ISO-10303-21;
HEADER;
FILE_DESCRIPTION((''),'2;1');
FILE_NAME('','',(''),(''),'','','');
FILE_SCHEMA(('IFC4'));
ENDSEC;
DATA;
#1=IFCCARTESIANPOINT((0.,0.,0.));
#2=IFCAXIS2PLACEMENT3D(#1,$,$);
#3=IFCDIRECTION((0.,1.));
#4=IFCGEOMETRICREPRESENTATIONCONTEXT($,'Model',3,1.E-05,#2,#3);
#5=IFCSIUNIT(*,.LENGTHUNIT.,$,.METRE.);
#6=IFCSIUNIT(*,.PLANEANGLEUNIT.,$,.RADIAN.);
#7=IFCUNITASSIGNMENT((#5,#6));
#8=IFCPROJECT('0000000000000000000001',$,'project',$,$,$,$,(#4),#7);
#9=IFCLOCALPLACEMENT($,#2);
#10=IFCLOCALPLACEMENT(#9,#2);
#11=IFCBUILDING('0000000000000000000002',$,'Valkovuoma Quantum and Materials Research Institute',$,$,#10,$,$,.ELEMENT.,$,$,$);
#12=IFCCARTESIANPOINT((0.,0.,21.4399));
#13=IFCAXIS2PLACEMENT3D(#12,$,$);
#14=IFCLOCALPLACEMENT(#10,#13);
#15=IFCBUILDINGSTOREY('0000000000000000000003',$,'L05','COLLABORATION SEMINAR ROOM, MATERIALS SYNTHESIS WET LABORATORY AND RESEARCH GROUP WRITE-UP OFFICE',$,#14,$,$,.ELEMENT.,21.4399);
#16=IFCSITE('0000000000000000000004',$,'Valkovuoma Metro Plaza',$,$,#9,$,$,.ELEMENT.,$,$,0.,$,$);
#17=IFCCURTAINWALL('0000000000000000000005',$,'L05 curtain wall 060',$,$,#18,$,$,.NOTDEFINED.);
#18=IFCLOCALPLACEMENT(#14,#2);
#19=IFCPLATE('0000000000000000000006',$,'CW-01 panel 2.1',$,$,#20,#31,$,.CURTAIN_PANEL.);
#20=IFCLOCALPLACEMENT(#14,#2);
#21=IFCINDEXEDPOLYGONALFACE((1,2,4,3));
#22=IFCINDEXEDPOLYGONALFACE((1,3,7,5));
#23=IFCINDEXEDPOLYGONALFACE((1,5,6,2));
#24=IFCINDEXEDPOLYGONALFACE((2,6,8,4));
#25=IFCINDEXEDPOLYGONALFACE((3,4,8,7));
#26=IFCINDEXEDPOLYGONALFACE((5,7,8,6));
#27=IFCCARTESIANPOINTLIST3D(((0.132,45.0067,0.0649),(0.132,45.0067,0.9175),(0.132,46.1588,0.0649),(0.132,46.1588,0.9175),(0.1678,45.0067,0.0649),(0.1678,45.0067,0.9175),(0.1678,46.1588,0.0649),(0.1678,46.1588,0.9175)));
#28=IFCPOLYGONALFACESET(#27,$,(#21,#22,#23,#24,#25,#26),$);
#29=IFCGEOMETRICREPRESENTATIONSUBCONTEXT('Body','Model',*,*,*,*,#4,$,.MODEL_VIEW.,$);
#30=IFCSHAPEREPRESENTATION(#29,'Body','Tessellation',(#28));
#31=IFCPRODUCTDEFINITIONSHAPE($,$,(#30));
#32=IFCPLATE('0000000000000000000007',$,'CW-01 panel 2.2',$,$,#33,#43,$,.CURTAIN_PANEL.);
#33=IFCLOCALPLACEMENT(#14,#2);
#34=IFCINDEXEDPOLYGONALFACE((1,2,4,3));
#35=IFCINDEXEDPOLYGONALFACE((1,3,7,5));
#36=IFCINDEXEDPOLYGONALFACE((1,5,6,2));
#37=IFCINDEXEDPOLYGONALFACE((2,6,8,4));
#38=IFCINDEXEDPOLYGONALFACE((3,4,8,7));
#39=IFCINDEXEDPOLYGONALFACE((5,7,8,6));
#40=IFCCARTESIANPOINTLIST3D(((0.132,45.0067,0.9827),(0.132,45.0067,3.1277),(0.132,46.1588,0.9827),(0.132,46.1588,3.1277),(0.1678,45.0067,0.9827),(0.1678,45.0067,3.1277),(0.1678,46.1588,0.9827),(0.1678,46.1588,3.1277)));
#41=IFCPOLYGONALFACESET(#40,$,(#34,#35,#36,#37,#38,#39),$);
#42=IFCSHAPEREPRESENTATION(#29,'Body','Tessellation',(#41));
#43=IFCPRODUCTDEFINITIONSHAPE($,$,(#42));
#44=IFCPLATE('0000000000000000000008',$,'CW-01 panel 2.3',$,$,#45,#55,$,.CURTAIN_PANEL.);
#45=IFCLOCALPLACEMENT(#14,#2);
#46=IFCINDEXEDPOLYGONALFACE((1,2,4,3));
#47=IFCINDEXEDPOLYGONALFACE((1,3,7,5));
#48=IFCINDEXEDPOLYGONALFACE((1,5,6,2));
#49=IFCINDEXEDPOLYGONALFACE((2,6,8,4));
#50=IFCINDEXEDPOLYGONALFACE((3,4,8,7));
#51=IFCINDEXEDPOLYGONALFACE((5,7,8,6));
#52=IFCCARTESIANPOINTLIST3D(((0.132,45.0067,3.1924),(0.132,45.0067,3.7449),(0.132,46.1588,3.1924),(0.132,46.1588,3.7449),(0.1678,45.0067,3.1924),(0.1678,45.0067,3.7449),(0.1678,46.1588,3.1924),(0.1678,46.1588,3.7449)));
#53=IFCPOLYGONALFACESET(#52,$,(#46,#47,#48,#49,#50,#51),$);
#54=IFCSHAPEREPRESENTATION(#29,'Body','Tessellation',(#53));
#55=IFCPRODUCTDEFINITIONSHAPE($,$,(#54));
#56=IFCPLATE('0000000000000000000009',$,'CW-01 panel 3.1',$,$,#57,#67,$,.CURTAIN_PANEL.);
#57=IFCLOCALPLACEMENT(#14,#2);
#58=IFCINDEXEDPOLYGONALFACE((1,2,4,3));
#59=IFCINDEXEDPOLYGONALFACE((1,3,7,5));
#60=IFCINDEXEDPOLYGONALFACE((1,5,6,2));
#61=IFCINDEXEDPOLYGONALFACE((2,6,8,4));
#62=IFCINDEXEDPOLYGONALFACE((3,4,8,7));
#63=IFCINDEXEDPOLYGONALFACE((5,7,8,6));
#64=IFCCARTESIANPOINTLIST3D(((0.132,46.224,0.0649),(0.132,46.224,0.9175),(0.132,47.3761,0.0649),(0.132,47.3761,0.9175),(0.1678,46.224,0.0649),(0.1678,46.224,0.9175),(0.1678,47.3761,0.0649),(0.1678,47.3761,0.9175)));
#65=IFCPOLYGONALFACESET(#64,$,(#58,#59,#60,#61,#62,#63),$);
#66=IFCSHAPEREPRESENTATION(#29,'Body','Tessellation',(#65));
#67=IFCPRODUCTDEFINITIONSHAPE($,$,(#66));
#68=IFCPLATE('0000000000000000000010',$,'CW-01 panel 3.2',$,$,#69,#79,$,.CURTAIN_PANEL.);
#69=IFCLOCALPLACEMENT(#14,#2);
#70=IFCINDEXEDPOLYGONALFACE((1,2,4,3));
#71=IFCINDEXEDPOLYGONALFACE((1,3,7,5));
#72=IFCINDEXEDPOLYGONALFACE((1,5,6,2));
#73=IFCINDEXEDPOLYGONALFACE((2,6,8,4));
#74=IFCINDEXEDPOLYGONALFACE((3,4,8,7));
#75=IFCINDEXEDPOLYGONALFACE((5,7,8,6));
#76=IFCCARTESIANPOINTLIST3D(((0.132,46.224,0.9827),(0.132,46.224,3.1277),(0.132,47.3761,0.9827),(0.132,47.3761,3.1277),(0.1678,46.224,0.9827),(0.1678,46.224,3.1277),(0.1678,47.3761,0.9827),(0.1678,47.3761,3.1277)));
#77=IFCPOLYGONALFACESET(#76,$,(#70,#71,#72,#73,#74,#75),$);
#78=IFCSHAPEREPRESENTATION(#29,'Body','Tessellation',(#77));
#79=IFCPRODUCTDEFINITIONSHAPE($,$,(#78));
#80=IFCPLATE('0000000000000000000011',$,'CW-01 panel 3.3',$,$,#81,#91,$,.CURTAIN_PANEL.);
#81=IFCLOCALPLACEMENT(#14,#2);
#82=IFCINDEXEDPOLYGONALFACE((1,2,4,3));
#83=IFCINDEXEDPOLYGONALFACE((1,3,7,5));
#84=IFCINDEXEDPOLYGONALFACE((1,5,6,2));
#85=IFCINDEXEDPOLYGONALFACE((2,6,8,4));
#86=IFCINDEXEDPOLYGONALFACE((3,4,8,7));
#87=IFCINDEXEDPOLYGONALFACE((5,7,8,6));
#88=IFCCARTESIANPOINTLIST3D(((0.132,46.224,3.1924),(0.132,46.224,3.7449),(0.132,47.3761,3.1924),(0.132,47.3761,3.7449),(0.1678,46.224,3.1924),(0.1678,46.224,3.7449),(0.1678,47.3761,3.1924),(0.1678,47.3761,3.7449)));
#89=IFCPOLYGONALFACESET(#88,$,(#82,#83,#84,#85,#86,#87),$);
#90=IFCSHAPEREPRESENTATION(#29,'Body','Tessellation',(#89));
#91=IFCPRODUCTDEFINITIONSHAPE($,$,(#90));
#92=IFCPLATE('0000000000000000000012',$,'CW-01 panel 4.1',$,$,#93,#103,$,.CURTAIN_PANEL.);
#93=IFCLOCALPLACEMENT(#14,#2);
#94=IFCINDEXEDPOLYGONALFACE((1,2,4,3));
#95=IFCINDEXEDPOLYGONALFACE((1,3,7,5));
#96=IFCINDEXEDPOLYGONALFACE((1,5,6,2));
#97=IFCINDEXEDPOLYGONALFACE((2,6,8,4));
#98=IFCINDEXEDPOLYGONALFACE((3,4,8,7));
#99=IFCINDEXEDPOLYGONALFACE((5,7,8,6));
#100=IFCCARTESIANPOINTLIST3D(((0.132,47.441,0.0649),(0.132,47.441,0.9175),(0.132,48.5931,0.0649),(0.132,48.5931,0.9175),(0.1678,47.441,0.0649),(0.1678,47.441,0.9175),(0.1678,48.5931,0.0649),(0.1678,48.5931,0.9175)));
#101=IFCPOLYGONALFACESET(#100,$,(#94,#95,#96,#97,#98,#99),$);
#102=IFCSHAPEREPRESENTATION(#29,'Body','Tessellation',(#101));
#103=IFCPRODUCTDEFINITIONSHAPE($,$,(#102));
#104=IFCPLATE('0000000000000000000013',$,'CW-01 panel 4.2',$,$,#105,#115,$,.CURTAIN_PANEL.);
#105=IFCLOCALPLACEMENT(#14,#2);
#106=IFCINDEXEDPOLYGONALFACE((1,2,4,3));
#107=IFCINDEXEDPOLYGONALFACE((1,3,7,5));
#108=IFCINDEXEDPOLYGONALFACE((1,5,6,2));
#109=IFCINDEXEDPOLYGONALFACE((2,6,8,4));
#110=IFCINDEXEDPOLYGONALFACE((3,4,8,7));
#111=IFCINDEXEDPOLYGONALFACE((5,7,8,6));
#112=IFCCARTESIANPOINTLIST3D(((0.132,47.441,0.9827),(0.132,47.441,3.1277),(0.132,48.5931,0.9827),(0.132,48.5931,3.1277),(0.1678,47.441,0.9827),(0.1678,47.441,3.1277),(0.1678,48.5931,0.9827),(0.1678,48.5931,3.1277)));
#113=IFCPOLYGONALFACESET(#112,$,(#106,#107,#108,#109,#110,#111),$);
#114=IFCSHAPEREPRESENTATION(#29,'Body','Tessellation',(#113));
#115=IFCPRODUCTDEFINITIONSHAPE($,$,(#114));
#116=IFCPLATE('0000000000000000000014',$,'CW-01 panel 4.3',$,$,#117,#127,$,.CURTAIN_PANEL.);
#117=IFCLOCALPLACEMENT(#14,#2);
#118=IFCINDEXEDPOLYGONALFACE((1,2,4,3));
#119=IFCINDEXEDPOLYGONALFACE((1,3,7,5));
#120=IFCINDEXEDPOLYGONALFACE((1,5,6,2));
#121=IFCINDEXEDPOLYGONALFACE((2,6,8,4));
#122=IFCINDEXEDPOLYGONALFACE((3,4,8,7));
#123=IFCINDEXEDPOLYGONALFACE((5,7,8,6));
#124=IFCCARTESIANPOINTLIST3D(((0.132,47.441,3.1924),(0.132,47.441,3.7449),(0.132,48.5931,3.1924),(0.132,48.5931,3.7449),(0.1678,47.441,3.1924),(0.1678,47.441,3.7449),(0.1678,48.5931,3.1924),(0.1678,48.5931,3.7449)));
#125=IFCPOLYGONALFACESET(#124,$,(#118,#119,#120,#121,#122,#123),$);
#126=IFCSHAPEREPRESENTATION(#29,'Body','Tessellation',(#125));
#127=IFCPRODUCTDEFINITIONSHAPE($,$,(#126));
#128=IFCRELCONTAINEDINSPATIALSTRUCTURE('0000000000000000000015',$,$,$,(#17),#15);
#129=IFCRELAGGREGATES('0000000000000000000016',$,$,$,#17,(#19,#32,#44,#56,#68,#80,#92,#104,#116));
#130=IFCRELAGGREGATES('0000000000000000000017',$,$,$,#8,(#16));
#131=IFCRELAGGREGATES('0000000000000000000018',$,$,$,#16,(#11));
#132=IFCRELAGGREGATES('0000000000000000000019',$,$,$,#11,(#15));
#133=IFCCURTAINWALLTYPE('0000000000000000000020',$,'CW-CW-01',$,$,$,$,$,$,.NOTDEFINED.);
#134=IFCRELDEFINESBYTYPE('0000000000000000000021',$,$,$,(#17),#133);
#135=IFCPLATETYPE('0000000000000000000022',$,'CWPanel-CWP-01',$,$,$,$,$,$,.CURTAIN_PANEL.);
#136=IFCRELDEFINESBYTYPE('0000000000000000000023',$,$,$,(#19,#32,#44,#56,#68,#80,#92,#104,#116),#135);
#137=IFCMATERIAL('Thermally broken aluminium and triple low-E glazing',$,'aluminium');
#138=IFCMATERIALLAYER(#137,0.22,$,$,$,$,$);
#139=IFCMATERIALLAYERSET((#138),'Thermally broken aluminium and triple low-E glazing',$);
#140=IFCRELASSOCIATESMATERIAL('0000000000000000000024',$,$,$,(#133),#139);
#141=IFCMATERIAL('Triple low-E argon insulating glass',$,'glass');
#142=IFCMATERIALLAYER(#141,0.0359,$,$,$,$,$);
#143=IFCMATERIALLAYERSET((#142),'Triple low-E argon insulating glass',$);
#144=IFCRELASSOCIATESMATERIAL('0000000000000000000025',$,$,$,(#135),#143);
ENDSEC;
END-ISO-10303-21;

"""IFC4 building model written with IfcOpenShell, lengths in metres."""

from ifc_helpers import new_model, si_unit, direction, frame, origin, origin_2d, place, context, subcontext, project, spatial, rectangle, extrude, material, layer, layer_set, type_object, element, aggregate, save


model = new_model("IFC4")

# Units and contexts
model_context = context("Model", 3, precision=1e-05, world=origin(), true_north=direction((0.0, 1.0)))
body_context = subcontext(model_context, "Body", "Model", "MODEL_VIEW")
ifc_project = project(units=[si_unit("LENGTHUNIT", "METRE"), si_unit("PLANEANGLEUNIT", "RADIAN")], contexts=[model_context])

# Site, building, storey
site_placement = place(None, origin())
site = spatial("IfcSite", under=ifc_project, at=site_placement, Name="Valkovuoma Metro Plaza", CompositionType="ELEMENT", RefElevation=0.0)
building_placement = place(site_placement, origin())
building = spatial("IfcBuilding", under=site, at=building_placement, Name="Valkovuoma Quantum and Materials Research Institute", CompositionType="ELEMENT")
storey_placement = place(building_placement, frame((0.0, 0.0, 21.4399)))
storey = spatial("IfcBuildingStorey", under=building, at=storey_placement, Name="L05", Description="COLLABORATION SEMINAR ROOM, MATERIALS SYNTHESIS WET LABORATORY AND RESEARCH GROUP WRITE-UP OFFICE", CompositionType="ELEMENT", Elevation=21.4399)

# Curtain wall, plates
ifc_material_1 = material(Name="Thermally broken aluminium and triple low-E glazing", Category="aluminium")
ifc_layer_1 = layer(ifc_material_1, 0.22)
ifc_layer_set_1 = layer_set([ifc_layer_1], Name="Thermally broken aluminium and triple low-E glazing")
curtain_wall_type = type_object("IfcCurtainWallType", Name="CW-CW-01", PredefinedType="NOTDEFINED", material=ifc_layer_set_1)
curtain_wall_placement = place(storey_placement, origin())
curtain_wall = element("IfcCurtainWall", 1, at=curtain_wall_placement, inside=storey, type_object=curtain_wall_type, Name="L05 curtain wall 060", PredefinedType="NOTDEFINED")
ifc_material_2 = material(Name="Triple low-E argon insulating glass", Category="glass")
ifc_layer_2 = layer(ifc_material_2, 0.0359)
ifc_layer_set_2 = layer_set([ifc_layer_2], Name="Triple low-E argon insulating glass")
plate_type = type_object("IfcPlateType", Name="CWPanel-CWP-01", PredefinedType="CURTAIN_PANEL", material=ifc_layer_set_2)
plate_1_placement = place(storey_placement, frame((0.1499, 45.5828, 0.0649), z_axis=(0.0, 0.0, 1.0), x_axis=(0.0, 1.0, 0.0)))
plate_1 = element("IfcPlate", 2, at=plate_1_placement, type_object=plate_type, Name="CW-01 panel 2.1", PredefinedType="CURTAIN_PANEL", context=body_context, shape_type="SweptSolid", body=[
    extrude(rectangle(XDim=1.1521, YDim=0.0359, at=origin_2d()), origin(), (0.0, 0.0, 1.0), 0.8525),
])
plate_2_placement = place(storey_placement, frame((0.1499, 45.5828, 0.9827), z_axis=(0.0, 0.0, 1.0), x_axis=(0.0, 1.0, 0.0)))
plate_2 = element("IfcPlate", 3, at=plate_2_placement, type_object=plate_type, Name="CW-01 panel 2.2", PredefinedType="CURTAIN_PANEL", context=body_context, shape_type="SweptSolid", body=[
    extrude(rectangle(XDim=1.1521, YDim=0.0359, at=origin_2d()), origin(), (0.0, 0.0, 1.0), 2.145),
])
plate_3_placement = place(storey_placement, frame((0.1499, 45.5828, 3.1924), z_axis=(0.0, 0.0, 1.0), x_axis=(0.0, 1.0, 0.0)))
plate_3 = element("IfcPlate", 4, at=plate_3_placement, type_object=plate_type, Name="CW-01 panel 2.3", PredefinedType="CURTAIN_PANEL", context=body_context, shape_type="SweptSolid", body=[
    extrude(rectangle(XDim=1.1521, YDim=0.0359, at=origin_2d()), origin(), (0.0, 0.0, 1.0), 0.5525),
])
plate_4_placement = place(storey_placement, frame((0.1499, 46.8, 0.0649), z_axis=(0.0, 0.0, 1.0), x_axis=(0.0, 1.0, 0.0)))
plate_4 = element("IfcPlate", 5, at=plate_4_placement, type_object=plate_type, Name="CW-01 panel 3.1", PredefinedType="CURTAIN_PANEL", context=body_context, shape_type="SweptSolid", body=[
    extrude(rectangle(XDim=1.1521, YDim=0.0359, at=origin_2d()), origin(), (0.0, 0.0, 1.0), 0.8525),
])
plate_5_placement = place(storey_placement, frame((0.1499, 46.8, 0.9827), z_axis=(0.0, 0.0, 1.0), x_axis=(0.0, 1.0, 0.0)))
plate_5 = element("IfcPlate", 6, at=plate_5_placement, type_object=plate_type, Name="CW-01 panel 3.2", PredefinedType="CURTAIN_PANEL", context=body_context, shape_type="SweptSolid", body=[
    extrude(rectangle(XDim=1.1521, YDim=0.0359, at=origin_2d()), origin(), (0.0, 0.0, 1.0), 2.145),
])
plate_6_placement = place(storey_placement, frame((0.1499, 46.8, 3.1924), z_axis=(0.0, 0.0, 1.0), x_axis=(0.0, 1.0, 0.0)))
plate_6 = element("IfcPlate", 7, at=plate_6_placement, type_object=plate_type, Name="CW-01 panel 3.3", PredefinedType="CURTAIN_PANEL", context=body_context, shape_type="SweptSolid", body=[
    extrude(rectangle(XDim=1.1521, YDim=0.0359, at=origin_2d()), origin(), (0.0, 0.0, 1.0), 0.5525),
])
plate_7_placement = place(storey_placement, frame((0.1499, 48.0171, 0.0649), z_axis=(0.0, 0.0, 1.0), x_axis=(0.0, 1.0, 0.0)))
plate_7 = element("IfcPlate", 8, at=plate_7_placement, type_object=plate_type, Name="CW-01 panel 4.1", PredefinedType="CURTAIN_PANEL", context=body_context, shape_type="SweptSolid", body=[
    extrude(rectangle(XDim=1.1521, YDim=0.0359, at=origin_2d()), origin(), (0.0, 0.0, 1.0), 0.8525),
])
plate_8_placement = place(storey_placement, frame((0.1499, 48.0171, 0.9827), z_axis=(0.0, 0.0, 1.0), x_axis=(0.0, 1.0, 0.0)))
plate_8 = element("IfcPlate", 9, at=plate_8_placement, type_object=plate_type, Name="CW-01 panel 4.2", PredefinedType="CURTAIN_PANEL", context=body_context, shape_type="SweptSolid", body=[
    extrude(rectangle(XDim=1.1521, YDim=0.0359, at=origin_2d()), origin(), (0.0, 0.0, 1.0), 2.145),
])
plate_9_placement = place(storey_placement, frame((0.1499, 48.0171, 3.1924), z_axis=(0.0, 0.0, 1.0), x_axis=(0.0, 1.0, 0.0)))
plate_9 = element("IfcPlate", 10, at=plate_9_placement, type_object=plate_type, Name="CW-01 panel 4.3", PredefinedType="CURTAIN_PANEL", context=body_context, shape_type="SweptSolid", body=[
    extrude(rectangle(XDim=1.1521, YDim=0.0359, at=origin_2d()), origin(), (0.0, 0.0, 1.0), 0.5525),
])
aggregate(curtain_wall, [plate_1, plate_2, plate_3, plate_4, plate_5, plate_6, plate_7, plate_8, plate_9])

save(model, "model.ifc")
